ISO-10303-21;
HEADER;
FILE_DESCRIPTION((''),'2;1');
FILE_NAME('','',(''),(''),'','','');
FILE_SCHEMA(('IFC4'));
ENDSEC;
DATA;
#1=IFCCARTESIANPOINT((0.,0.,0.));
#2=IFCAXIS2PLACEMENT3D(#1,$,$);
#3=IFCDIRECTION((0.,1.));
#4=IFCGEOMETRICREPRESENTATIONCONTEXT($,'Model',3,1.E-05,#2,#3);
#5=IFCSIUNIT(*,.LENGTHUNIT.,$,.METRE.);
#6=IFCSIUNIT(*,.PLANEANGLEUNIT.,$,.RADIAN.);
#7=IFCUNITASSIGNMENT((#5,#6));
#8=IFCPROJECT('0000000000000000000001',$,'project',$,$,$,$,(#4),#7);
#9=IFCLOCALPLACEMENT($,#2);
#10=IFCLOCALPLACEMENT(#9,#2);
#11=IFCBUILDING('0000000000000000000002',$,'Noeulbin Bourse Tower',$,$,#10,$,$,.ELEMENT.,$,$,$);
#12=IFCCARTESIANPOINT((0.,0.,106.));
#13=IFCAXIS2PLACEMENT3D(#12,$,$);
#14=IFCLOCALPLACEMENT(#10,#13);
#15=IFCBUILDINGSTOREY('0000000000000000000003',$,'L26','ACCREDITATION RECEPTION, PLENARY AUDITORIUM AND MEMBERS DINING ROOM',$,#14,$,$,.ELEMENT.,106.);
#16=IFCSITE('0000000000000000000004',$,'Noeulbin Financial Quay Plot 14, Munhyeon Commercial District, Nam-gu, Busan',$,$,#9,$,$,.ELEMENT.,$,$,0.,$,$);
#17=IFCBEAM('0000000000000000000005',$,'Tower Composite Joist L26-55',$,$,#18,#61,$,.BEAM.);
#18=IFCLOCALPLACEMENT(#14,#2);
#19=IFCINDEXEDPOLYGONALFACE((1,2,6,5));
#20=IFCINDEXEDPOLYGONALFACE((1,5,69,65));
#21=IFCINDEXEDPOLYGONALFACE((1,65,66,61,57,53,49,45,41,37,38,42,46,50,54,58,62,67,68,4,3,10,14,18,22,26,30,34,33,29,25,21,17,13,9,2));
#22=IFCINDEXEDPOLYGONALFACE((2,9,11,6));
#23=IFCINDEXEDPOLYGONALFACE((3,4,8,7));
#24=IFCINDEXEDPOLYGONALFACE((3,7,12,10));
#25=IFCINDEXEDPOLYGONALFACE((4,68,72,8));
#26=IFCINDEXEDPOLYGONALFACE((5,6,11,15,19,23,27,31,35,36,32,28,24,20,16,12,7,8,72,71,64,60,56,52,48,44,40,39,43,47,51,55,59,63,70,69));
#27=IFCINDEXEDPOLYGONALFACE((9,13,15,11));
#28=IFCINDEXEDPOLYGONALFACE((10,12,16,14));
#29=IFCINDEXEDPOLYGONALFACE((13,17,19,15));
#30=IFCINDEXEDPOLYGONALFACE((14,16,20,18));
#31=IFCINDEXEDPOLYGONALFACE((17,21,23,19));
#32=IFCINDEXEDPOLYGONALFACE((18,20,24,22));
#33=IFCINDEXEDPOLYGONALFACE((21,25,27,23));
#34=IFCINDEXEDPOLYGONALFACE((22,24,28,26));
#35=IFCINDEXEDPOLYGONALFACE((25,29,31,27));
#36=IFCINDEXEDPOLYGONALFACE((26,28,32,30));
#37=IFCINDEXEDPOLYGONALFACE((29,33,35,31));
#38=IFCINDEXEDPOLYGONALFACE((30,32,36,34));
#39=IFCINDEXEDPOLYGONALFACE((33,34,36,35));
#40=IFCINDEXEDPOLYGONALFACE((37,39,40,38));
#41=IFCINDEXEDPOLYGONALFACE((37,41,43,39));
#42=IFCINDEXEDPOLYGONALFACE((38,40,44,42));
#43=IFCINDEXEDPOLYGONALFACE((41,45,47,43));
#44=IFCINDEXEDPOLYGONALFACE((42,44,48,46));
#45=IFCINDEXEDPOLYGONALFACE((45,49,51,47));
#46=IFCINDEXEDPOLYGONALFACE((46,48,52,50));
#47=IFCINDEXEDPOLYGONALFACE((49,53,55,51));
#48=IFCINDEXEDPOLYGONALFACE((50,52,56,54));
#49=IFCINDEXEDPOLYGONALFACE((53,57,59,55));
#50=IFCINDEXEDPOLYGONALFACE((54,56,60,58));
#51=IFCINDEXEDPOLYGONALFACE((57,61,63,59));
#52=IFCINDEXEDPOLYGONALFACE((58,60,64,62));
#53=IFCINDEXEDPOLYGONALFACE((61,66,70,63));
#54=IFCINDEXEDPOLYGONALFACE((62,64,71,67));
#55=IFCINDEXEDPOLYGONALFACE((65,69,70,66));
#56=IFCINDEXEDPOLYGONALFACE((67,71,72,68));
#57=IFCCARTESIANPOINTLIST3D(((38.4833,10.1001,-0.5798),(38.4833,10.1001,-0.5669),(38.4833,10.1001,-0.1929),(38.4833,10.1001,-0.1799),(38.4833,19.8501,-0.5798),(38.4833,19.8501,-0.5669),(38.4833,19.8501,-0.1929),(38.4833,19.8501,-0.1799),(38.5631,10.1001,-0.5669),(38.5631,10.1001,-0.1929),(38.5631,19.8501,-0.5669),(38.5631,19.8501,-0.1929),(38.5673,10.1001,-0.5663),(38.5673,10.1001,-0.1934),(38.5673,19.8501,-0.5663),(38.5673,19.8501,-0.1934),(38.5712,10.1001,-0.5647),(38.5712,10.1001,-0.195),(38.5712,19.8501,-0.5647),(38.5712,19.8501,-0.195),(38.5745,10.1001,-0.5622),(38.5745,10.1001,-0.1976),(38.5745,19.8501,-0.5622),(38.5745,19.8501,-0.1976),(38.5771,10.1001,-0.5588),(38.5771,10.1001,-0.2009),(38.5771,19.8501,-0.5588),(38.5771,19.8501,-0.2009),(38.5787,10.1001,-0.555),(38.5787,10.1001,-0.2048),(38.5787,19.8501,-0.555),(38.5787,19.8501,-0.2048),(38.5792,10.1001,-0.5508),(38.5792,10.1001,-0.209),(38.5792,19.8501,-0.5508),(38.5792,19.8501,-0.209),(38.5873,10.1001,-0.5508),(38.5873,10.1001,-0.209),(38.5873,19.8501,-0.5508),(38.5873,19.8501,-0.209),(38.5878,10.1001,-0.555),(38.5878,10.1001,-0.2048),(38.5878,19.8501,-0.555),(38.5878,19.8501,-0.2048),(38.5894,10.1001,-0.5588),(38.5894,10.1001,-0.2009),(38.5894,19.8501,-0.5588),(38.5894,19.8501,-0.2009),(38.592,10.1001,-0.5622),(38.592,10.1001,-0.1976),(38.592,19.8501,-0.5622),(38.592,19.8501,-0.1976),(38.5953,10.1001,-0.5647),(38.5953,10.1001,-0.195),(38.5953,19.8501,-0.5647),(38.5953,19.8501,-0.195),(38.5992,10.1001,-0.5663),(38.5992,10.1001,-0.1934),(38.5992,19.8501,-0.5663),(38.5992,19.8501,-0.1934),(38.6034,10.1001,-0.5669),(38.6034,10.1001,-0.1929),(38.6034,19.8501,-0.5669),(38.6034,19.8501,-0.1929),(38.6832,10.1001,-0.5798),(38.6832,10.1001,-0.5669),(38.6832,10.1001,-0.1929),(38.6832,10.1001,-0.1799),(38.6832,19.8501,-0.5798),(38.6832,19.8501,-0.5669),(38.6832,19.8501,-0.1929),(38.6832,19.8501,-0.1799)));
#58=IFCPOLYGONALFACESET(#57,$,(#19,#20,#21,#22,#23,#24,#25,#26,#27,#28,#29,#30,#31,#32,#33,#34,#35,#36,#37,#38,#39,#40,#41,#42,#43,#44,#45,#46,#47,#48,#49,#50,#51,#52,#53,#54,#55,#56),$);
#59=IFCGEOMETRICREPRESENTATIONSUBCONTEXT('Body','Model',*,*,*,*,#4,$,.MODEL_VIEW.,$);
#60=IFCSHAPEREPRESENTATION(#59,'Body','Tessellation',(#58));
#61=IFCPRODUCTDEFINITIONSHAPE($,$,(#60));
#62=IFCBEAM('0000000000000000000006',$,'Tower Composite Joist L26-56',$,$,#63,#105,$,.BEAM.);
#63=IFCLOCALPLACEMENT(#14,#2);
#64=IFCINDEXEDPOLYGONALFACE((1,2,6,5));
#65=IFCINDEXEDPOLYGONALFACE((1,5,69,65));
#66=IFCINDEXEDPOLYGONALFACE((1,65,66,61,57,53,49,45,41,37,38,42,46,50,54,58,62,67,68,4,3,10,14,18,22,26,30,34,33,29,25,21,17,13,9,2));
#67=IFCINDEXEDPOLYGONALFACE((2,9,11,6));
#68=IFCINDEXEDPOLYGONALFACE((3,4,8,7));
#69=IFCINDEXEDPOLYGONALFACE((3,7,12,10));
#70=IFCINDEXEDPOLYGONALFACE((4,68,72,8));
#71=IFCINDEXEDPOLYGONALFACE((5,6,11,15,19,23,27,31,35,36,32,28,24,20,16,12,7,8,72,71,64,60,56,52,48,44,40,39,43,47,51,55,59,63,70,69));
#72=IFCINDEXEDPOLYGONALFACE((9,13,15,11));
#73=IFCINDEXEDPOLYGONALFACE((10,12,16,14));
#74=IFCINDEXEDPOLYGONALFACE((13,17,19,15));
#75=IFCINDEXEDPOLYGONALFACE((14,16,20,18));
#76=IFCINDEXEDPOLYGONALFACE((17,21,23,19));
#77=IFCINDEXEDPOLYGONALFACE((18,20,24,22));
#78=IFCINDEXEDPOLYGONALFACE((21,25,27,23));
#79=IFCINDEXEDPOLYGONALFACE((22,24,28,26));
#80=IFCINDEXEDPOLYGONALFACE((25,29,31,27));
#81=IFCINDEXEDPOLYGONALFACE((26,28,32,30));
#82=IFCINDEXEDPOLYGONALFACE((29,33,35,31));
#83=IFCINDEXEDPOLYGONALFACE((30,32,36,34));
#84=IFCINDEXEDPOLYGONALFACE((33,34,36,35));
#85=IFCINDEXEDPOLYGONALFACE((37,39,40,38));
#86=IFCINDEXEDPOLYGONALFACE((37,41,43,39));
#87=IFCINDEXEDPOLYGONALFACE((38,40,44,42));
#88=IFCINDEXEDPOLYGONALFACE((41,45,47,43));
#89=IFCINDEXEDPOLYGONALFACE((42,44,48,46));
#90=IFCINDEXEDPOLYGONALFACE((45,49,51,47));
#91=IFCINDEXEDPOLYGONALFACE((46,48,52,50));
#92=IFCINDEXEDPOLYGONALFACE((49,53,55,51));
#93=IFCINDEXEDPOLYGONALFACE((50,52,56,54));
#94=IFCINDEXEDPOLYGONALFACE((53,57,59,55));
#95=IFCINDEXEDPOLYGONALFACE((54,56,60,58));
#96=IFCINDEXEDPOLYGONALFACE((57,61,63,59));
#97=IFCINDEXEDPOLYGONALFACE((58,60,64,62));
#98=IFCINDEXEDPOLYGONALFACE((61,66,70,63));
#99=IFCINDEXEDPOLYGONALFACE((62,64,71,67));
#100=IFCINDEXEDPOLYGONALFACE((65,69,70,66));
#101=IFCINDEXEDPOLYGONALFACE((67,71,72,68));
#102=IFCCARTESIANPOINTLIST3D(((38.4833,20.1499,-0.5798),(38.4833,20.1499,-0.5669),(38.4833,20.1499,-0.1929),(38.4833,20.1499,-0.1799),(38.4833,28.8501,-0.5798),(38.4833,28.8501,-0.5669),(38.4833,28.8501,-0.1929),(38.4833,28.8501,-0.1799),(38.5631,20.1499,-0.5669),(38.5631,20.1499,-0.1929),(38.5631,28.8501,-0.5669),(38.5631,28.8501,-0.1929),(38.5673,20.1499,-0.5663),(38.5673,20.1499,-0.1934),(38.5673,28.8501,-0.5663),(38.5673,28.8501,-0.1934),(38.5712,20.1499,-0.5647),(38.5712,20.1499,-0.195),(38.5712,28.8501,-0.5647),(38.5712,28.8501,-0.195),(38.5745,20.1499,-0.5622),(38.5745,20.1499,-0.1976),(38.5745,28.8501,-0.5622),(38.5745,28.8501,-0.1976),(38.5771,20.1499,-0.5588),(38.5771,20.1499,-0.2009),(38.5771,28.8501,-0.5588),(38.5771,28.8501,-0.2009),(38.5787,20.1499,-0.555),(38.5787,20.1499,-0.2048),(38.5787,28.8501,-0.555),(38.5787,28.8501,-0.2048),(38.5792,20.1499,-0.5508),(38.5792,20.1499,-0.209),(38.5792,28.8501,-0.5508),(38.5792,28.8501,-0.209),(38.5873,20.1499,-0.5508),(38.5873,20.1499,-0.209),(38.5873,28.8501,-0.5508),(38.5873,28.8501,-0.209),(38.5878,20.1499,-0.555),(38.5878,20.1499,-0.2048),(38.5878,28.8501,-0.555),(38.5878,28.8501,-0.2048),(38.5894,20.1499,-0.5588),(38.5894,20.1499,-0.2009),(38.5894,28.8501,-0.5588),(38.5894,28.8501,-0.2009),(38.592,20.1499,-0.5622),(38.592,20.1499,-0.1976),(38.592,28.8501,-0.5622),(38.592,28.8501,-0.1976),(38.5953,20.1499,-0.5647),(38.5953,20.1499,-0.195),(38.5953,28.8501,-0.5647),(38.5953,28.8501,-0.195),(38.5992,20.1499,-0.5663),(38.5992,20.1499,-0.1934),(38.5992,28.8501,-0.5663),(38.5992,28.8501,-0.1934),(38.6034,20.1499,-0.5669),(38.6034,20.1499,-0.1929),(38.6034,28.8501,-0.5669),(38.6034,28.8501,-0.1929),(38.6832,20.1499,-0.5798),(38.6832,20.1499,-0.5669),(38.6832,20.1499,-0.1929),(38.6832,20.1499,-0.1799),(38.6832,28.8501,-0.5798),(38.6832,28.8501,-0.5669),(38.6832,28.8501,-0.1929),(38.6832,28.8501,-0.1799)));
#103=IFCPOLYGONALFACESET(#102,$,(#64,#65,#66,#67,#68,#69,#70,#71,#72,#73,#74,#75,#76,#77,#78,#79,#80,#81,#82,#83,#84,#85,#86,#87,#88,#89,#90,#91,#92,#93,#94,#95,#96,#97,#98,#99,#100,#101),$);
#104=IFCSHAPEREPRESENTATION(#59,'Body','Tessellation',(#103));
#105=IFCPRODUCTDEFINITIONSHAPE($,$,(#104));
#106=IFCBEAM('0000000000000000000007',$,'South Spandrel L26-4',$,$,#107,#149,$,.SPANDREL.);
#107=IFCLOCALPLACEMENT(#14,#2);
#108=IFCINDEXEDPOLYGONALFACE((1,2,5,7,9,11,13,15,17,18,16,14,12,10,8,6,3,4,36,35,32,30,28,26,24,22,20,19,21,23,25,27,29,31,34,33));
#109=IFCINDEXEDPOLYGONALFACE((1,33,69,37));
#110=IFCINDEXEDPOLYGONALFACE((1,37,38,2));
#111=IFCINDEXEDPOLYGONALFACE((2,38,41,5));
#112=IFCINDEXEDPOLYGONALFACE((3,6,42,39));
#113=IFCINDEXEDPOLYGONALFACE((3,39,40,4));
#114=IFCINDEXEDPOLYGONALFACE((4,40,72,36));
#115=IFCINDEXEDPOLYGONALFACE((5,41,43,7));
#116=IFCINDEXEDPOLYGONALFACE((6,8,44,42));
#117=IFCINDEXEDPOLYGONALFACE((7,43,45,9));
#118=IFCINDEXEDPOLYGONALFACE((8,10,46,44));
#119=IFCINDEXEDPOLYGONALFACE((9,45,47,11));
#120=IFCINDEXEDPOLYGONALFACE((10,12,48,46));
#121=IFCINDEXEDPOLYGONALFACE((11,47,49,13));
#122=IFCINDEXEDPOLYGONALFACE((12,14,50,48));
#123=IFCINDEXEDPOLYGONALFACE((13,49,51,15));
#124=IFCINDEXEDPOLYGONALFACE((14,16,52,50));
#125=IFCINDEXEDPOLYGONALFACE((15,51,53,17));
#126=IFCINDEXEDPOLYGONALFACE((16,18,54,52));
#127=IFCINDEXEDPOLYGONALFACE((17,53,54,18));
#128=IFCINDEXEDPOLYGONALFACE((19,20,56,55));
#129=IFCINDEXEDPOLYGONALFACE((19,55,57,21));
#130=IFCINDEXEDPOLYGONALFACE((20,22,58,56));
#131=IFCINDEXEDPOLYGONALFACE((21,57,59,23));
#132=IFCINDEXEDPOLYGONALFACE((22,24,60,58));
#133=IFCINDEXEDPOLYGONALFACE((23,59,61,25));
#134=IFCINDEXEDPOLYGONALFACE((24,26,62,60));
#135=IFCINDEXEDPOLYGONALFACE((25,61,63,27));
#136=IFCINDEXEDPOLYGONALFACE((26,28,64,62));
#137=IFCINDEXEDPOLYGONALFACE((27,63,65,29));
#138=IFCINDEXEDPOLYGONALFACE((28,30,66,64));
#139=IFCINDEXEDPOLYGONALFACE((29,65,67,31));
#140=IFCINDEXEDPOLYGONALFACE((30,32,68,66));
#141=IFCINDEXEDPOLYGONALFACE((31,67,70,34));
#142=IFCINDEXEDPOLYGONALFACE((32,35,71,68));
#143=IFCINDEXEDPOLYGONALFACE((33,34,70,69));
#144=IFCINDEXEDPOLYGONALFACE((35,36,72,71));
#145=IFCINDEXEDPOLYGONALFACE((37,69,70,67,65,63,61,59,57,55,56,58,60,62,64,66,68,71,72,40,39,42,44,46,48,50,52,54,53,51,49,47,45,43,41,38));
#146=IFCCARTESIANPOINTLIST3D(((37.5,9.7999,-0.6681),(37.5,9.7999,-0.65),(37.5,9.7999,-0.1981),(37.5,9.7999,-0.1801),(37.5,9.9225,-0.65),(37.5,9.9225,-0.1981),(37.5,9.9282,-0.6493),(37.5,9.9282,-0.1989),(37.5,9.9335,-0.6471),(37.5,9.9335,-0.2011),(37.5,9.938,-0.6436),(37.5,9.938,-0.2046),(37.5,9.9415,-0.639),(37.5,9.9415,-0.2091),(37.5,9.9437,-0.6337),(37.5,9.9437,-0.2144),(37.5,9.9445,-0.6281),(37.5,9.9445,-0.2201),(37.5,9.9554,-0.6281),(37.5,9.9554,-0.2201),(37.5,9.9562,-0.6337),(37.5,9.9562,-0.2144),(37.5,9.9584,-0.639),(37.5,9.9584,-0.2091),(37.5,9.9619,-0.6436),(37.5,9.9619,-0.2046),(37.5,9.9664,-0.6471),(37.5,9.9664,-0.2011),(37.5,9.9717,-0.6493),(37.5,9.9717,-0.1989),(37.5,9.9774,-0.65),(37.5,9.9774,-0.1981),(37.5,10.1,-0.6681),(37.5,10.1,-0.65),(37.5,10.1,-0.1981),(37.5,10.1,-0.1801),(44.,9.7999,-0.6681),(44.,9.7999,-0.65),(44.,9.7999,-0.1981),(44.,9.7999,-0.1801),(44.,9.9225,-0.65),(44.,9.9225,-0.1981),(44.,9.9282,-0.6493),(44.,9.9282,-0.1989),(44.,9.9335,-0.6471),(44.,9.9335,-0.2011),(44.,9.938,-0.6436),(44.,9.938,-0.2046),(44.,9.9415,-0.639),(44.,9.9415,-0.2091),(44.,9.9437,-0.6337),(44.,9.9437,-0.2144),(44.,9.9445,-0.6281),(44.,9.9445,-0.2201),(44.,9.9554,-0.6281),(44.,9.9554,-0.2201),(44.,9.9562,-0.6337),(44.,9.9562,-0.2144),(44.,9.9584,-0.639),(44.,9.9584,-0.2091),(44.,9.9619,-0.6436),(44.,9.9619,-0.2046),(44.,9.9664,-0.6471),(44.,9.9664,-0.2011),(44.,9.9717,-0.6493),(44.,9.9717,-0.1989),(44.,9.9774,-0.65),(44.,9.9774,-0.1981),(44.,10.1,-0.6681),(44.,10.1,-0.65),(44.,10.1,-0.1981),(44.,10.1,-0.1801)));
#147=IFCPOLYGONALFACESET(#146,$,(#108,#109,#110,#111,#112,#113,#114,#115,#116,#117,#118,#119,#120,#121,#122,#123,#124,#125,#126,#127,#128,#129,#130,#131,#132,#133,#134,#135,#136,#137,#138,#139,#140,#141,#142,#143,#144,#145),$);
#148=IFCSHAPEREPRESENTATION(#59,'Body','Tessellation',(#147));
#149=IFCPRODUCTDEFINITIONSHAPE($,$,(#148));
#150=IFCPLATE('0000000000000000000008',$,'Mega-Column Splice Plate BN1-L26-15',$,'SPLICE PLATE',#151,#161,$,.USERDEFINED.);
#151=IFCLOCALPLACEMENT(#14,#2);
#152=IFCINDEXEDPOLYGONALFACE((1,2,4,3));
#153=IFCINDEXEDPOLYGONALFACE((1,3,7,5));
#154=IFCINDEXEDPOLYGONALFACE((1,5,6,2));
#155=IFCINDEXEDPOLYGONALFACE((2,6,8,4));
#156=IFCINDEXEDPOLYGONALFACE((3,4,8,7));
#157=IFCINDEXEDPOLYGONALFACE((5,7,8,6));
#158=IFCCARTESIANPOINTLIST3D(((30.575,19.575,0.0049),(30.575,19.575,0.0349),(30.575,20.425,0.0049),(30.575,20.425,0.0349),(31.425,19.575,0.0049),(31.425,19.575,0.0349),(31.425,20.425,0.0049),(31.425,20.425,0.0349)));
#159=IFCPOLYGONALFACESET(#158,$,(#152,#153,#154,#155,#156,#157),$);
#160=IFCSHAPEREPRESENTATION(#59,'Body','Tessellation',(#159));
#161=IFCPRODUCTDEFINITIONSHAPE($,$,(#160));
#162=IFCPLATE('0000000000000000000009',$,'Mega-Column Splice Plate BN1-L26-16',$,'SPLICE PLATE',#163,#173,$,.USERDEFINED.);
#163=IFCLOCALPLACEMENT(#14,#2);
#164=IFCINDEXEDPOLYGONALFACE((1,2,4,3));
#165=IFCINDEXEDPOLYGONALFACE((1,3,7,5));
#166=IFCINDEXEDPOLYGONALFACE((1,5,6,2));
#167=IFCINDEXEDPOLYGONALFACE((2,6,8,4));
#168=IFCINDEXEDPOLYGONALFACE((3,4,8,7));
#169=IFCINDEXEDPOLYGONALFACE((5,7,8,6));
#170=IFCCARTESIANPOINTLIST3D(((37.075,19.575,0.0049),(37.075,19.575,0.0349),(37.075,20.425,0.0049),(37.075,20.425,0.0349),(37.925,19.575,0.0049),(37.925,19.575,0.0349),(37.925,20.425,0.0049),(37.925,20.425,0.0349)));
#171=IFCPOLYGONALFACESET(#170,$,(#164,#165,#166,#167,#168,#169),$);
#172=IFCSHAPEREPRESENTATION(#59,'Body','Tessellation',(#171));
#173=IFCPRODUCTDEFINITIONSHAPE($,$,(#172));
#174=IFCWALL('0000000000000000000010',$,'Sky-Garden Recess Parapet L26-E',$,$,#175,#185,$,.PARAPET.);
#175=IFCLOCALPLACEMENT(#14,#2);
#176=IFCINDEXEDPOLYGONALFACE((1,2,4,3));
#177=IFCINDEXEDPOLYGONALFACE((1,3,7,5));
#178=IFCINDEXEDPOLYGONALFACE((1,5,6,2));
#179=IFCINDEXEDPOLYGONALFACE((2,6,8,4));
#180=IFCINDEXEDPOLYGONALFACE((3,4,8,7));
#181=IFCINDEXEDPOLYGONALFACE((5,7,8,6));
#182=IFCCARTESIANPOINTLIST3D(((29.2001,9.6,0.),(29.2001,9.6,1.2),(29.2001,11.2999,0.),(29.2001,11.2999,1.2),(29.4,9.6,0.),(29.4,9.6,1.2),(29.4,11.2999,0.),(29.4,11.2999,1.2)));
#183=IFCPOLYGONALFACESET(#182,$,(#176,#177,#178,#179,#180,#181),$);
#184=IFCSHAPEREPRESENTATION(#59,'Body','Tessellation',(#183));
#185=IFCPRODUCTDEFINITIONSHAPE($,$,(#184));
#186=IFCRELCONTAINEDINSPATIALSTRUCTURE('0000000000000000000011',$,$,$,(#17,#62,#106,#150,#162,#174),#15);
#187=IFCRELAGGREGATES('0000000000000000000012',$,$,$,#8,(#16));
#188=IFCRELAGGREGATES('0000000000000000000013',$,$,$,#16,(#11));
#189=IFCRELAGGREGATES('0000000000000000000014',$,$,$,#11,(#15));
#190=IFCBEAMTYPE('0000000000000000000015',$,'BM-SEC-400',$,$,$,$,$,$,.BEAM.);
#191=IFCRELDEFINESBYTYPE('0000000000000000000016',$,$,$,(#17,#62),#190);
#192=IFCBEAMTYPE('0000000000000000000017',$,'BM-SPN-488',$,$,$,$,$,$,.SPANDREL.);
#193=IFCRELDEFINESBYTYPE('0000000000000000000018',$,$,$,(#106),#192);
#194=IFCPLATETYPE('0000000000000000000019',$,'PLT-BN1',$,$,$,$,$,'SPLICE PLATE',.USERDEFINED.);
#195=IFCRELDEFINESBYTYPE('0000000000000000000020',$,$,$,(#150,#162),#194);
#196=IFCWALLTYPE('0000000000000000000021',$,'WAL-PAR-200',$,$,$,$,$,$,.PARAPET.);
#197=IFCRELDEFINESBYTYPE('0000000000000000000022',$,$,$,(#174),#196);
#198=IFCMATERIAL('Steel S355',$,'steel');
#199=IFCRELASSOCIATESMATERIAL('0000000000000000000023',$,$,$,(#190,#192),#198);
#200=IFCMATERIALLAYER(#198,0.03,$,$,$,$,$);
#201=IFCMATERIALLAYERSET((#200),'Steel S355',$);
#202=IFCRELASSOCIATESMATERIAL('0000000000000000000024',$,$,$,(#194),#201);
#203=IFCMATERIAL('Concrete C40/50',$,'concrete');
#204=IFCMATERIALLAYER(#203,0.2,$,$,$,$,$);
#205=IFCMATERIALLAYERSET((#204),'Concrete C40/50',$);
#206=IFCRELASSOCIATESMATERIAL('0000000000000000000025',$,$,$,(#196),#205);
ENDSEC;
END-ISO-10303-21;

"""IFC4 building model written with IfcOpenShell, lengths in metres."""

from ifc_helpers import new_model, si_unit, direction, frame, frame_2d, origin, origin_2d, place, context, subcontext, project, spatial, rectangle, i_section, extrude, material, layer, layer_set, material_profile, profile_set, type_object, element, save


model = new_model("IFC4")

# Units and contexts
model_context = context("Model", 3, precision=1e-05, world=origin(), true_north=direction((0.0, 1.0)))
body_context = subcontext(model_context, "Body", "Model", "MODEL_VIEW")
ifc_project = project(units=[si_unit("LENGTHUNIT", "METRE"), si_unit("PLANEANGLEUNIT", "RADIAN")], contexts=[model_context])

# Site, building, storey
site_placement = place(None, origin())
site = spatial("IfcSite", under=ifc_project, at=site_placement, Name="Noeulbin Financial Quay Plot 14, Munhyeon Commercial District, Nam-gu, Busan", CompositionType="ELEMENT", RefElevation=0.0)
building_placement = place(site_placement, origin())
building = spatial("IfcBuilding", under=site, at=building_placement, Name="Noeulbin Bourse Tower", CompositionType="ELEMENT")
storey_placement = place(building_placement, frame((0.0, 0.0, 106.0)))
storey = spatial("IfcBuildingStorey", under=building, at=storey_placement, Name="L26", Description="ACCREDITATION RECEPTION, PLENARY AUDITORIUM AND MEMBERS DINING ROOM", CompositionType="ELEMENT", Elevation=106.0)

# Beams
ifc_material_1 = material(Name="Steel S355", Category="steel")
ifc_material_profile_1 = material_profile(ifc_material_1, i_section(OverallWidth=0.2, OverallDepth=0.3999, WebThickness=0.0081, FlangeThickness=0.0129, FilletRadius=0.0161, at=origin_2d()), Name="H-400x200x8x13", Category="LoadBearing")
ifc_profile_set_1 = profile_set([ifc_material_profile_1], Name="Steel S355")
beam_type_1 = type_object("IfcBeamType", Name="BM-SEC-400", PredefinedType="BEAM", material=ifc_profile_set_1)
beam_1_placement = place(storey_placement, frame((38.5833, 10.1001, -0.3799), z_axis=(0.0, 1.0, 0.0), x_axis=(-1.0, 0.0, 0.0)))
element("IfcBeam", 1, at=beam_1_placement, inside=storey, type_object=beam_type_1, Name="Tower Composite Joist L26-55", PredefinedType="BEAM", context=body_context, shape_type="SweptSolid", body=[
    extrude(i_section(OverallWidth=0.2, OverallDepth=0.3999, WebThickness=0.0081, FlangeThickness=0.0129, FilletRadius=0.0161, at=origin_2d()), origin(), (0.0, 0.0, 1.0), 9.75),
])
beam_2_placement = place(storey_placement, frame((38.5833, 20.1499, -0.3799), z_axis=(0.0, 1.0, 0.0), x_axis=(-1.0, 0.0, 0.0)))
element("IfcBeam", 2, at=beam_2_placement, inside=storey, type_object=beam_type_1, Name="Tower Composite Joist L26-56", PredefinedType="BEAM", context=body_context, shape_type="SweptSolid", body=[
    extrude(i_section(OverallWidth=0.2, OverallDepth=0.3999, WebThickness=0.0081, FlangeThickness=0.0129, FilletRadius=0.0161, at=origin_2d()), origin(), (0.0, 0.0, 1.0), 8.7002),
])
ifc_material_profile_2 = material_profile(ifc_material_1, i_section(OverallWidth=0.3, OverallDepth=0.488, WebThickness=0.011, FlangeThickness=0.0181, FilletRadius=0.022, at=origin_2d()), Name="H-488x300x11x18", Category="LoadBearing")
ifc_profile_set_2 = profile_set([ifc_material_profile_2], Name="Steel S355")
beam_type_2 = type_object("IfcBeamType", Name="BM-SPN-488", PredefinedType="SPANDREL", material=ifc_profile_set_2)
beam_3_placement = place(storey_placement, frame((37.5, 9.95, -0.4241), z_axis=(1.0, 0.0, 0.0), x_axis=(0.0, 1.0, 0.0)))
element("IfcBeam", 3, at=beam_3_placement, inside=storey, type_object=beam_type_2, Name="South Spandrel L26-4", PredefinedType="SPANDREL", context=body_context, shape_type="SweptSolid", body=[
    extrude(i_section(OverallWidth=0.3, OverallDepth=0.488, WebThickness=0.011, FlangeThickness=0.0181, FilletRadius=0.022, at=origin_2d()), origin(), (0.0, 0.0, 1.0), 6.5),
])

# Plates
ifc_layer_1 = layer(ifc_material_1, 0.03)
ifc_layer_set_1 = layer_set([ifc_layer_1], Name="Steel S355")
plate_type = type_object("IfcPlateType", Name="PLT-BN1", ElementType="SPLICE PLATE", PredefinedType="USERDEFINED", material=ifc_layer_set_1)
for number, where, z_axis, x_axis, name in (
    (4, (31.0, 20.0, 0.0049), (0.0, 0.0, 1.0), (1.0, 0.0, 0.0), "Mega-Column Splice Plate BN1-L26-15"),
    (5, (37.5, 20.0, 0.0049), (0.0, 0.0, 1.0), (1.0, 0.0, 0.0), "Mega-Column Splice Plate BN1-L26-16"),
):
    element("IfcPlate", number, at=place(storey_placement, frame(where, z_axis=z_axis, x_axis=x_axis)), inside=storey, type_object=plate_type, Name=name, ObjectType="SPLICE PLATE", PredefinedType="USERDEFINED", context=body_context, shape_type="SweptSolid", body=[
        extrude(rectangle(XDim=0.8501, YDim=0.8501, at=origin_2d()), origin(), (0.0, 0.0, 1.0), 0.03),
    ])

# Wall
ifc_material_2 = material(Name="Concrete C40/50", Category="concrete")
ifc_layer_2 = layer(ifc_material_2, 0.2)
ifc_layer_set_2 = layer_set([ifc_layer_2], Name="Concrete C40/50")
wall_type_1 = type_object("IfcWallType", Name="WAL-PAR-200", PredefinedType="PARAPET", material=ifc_layer_set_2)
wall_1_placement = place(storey_placement, frame((29.3, 11.3, 0.0), z_axis=(0.0, 0.0, 1.0), x_axis=(0.0, -1.0, 0.0)))
element("IfcWall", 6, at=wall_1_placement, inside=storey, type_object=wall_type_1, Name="Sky-Garden Recess Parapet L26-E", PredefinedType="PARAPET", context=body_context, shape_type="SweptSolid", body=[
    extrude(rectangle(XDim=1.7, YDim=0.2, at=frame_2d((0.8501, 0.0))), origin(), (0.0, 0.0, 1.0), 1.2),
])

save(model, "model.ifc")
